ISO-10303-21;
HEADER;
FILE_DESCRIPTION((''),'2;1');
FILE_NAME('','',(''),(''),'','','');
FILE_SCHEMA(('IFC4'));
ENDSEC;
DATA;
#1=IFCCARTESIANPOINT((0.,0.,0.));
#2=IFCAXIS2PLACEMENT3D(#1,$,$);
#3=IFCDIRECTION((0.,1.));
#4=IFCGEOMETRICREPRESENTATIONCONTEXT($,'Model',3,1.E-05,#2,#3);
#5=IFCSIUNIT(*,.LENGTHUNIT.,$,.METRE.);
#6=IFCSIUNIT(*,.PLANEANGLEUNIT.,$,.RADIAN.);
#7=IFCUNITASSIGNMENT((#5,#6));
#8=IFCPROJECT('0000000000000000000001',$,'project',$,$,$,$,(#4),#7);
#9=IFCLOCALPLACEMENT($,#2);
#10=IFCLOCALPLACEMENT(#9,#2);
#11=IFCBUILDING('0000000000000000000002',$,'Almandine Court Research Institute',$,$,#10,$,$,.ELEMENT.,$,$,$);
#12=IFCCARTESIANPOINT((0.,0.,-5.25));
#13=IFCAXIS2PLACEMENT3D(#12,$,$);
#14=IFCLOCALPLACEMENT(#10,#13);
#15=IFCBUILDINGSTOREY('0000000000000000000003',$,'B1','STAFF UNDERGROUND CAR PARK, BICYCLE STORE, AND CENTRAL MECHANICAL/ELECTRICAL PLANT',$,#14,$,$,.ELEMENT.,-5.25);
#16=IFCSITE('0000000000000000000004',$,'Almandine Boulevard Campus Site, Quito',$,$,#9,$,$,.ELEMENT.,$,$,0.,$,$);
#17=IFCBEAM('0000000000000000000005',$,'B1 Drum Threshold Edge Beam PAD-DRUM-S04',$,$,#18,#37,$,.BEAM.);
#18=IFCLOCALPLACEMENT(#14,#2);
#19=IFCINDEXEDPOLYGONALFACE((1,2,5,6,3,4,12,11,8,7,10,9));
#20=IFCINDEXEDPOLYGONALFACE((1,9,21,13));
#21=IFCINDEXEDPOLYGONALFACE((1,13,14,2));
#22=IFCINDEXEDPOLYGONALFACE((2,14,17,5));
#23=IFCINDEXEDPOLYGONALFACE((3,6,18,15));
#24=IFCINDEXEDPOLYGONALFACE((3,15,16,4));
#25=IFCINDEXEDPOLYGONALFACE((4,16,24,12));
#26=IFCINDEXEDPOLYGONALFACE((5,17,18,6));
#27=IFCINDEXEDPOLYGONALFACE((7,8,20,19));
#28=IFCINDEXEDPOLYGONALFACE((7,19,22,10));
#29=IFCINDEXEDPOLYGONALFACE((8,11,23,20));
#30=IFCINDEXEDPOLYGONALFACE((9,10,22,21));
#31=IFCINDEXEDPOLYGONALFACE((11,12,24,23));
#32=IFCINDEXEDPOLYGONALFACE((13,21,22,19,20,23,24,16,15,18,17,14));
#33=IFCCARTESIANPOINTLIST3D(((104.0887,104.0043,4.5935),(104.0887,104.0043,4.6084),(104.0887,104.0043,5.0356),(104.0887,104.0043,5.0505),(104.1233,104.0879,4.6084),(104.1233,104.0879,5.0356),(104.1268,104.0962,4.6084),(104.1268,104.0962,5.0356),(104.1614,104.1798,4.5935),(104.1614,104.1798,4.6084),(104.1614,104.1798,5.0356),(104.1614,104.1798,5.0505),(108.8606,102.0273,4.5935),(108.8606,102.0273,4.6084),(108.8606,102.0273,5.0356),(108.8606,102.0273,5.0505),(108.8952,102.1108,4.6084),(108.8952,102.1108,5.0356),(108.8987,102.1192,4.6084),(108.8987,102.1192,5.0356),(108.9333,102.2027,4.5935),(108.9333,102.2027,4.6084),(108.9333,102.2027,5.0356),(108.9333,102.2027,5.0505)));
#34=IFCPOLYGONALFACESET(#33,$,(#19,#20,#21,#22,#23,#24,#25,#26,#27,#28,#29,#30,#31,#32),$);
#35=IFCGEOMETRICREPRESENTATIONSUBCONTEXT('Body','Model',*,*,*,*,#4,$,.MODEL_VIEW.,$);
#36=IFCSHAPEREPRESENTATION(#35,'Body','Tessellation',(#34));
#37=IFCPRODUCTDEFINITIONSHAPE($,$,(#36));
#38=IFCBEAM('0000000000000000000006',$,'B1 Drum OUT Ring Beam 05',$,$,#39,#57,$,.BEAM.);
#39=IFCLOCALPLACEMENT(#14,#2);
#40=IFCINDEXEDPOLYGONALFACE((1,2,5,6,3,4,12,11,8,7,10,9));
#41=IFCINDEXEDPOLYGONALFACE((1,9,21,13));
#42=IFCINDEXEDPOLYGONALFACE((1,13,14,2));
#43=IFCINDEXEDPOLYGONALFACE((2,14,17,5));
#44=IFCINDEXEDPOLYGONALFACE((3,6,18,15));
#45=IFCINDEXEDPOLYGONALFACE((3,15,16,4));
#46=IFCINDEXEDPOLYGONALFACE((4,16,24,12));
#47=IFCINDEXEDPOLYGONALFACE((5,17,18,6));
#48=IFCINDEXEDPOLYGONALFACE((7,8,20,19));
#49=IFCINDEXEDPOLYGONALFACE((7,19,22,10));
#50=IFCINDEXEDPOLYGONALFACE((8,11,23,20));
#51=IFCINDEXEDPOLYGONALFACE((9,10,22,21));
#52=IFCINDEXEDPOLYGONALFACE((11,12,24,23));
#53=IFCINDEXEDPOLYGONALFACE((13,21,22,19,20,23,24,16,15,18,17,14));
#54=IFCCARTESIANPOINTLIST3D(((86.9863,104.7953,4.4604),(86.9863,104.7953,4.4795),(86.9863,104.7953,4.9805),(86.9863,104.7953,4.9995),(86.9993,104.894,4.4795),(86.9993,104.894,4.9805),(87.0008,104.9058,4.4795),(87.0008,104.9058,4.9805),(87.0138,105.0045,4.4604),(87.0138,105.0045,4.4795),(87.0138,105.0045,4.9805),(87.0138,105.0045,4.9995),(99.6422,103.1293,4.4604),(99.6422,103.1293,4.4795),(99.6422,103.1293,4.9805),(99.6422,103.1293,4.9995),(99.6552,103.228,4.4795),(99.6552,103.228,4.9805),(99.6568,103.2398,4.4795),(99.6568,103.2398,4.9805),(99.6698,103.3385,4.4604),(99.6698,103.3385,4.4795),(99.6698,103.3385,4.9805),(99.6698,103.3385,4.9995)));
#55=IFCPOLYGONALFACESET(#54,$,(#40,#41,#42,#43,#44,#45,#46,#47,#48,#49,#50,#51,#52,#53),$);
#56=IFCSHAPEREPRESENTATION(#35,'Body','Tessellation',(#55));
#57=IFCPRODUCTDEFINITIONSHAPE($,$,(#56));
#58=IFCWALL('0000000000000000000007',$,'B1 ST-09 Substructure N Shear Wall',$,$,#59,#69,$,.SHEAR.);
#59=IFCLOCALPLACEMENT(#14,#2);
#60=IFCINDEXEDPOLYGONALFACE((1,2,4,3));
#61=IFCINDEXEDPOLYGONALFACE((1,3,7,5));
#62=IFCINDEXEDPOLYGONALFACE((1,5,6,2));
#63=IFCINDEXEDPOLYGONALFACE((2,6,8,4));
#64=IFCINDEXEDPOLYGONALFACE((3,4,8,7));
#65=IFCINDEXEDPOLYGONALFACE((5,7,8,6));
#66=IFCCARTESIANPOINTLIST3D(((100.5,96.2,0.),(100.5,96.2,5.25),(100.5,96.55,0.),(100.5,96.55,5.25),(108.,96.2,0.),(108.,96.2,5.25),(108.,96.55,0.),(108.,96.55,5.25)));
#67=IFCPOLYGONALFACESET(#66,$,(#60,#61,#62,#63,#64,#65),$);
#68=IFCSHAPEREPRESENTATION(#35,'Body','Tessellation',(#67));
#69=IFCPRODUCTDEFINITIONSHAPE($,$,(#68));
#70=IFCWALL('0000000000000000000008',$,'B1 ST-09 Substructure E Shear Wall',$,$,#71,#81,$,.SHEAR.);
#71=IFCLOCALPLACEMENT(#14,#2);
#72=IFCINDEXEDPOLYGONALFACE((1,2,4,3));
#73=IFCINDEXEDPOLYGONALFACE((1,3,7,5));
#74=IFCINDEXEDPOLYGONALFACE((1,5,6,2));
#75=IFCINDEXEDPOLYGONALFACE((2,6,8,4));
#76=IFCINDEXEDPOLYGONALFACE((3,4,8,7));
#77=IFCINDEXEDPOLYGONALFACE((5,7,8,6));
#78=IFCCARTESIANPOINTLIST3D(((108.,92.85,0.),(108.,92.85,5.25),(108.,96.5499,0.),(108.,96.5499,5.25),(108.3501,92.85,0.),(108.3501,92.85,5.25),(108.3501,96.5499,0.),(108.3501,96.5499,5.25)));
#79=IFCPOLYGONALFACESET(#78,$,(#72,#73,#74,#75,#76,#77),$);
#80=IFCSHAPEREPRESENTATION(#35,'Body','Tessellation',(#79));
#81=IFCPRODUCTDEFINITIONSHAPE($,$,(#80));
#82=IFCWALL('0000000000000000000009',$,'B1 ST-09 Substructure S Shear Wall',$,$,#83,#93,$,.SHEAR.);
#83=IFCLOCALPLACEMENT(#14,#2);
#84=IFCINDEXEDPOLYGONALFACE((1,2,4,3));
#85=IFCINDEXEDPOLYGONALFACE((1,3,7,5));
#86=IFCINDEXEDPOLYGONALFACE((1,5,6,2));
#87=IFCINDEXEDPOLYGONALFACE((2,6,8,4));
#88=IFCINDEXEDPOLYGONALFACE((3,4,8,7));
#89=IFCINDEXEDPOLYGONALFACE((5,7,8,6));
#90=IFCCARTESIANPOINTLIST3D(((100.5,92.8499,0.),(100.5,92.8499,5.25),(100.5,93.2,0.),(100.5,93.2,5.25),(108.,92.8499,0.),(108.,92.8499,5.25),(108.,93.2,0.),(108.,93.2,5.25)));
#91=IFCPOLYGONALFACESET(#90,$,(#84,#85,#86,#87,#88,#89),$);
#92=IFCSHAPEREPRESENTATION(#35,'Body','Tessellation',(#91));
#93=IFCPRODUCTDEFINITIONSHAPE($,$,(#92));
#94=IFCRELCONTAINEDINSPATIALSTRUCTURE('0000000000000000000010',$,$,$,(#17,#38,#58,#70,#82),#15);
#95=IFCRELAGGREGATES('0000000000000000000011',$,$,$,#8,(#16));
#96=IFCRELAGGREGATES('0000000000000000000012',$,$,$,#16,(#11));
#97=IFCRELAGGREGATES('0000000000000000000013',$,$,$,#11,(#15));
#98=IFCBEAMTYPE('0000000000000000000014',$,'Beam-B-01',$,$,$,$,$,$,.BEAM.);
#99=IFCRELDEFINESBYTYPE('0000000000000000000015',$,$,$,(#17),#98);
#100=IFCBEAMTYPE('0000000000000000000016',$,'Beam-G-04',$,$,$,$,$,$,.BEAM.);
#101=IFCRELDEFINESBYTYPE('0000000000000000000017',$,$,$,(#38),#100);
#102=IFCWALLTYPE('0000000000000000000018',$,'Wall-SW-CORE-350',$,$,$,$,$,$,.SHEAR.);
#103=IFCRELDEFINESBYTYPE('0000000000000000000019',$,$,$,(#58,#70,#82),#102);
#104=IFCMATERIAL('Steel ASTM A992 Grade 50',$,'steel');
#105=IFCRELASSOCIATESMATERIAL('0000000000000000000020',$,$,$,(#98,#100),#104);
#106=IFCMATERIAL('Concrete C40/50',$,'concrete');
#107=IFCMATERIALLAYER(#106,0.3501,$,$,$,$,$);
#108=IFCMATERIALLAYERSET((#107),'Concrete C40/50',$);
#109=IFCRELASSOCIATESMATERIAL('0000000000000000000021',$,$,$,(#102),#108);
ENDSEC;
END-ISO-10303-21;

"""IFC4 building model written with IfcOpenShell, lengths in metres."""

from ifc_helpers import new_model, si_unit, direction, frame, frame_2d, origin, origin_2d, place, context, subcontext, project, spatial, rectangle, i_section, extrude, material, layer, layer_set, material_profile, profile_set, type_object, element, save


model = new_model("IFC4")

# Units and contexts
model_context = context("Model", 3, precision=1e-05, world=origin(), true_north=direction((0.0, 1.0)))
body_context = subcontext(model_context, "Body", "Model", "MODEL_VIEW")
ifc_project = project(units=[si_unit("LENGTHUNIT", "METRE"), si_unit("PLANEANGLEUNIT", "RADIAN")], contexts=[model_context])

# Site, building, storey
site_placement = place(None, origin())
site = spatial("IfcSite", under=ifc_project, at=site_placement, Name="Almandine Boulevard Campus Site, Quito", CompositionType="ELEMENT", RefElevation=0.0)
building_placement = place(site_placement, origin())
building = spatial("IfcBuilding", under=site, at=building_placement, Name="Almandine Court Research Institute", CompositionType="ELEMENT")
storey_placement = place(building_placement, frame((0.0, 0.0, -5.25)))
storey = spatial("IfcBuildingStorey", under=building, at=storey_placement, Name="B1", Description="STAFF UNDERGROUND CAR PARK, BICYCLE STORE, AND CENTRAL MECHANICAL/ELECTRICAL PLANT", CompositionType="ELEMENT", Elevation=-5.25)

# Shared definitions
ifc_material_1 = material(Name="Concrete C40/50", Category="concrete")
ifc_material_2 = material(Name="Steel ASTM A992 Grade 50", Category="steel")

# Beams
ifc_material_profile_1 = material_profile(ifc_material_2, i_section(OverallWidth=0.1899, OverallDepth=0.457, WebThickness=0.009, FlangeThickness=0.0149, at=origin_2d()), Name="W460x74")
ifc_profile_set_1 = profile_set([ifc_material_profile_1], Name="Steel ASTM A992 Grade 50")
beam_type_1 = type_object("IfcBeamType", Name="Beam-B-01", PredefinedType="BEAM", material=ifc_profile_set_1)
beam_1_placement = place(storey_placement, frame((108.897, 102.115, 4.822), z_axis=(-0.92385, 0.382755, 0.0), x_axis=(-0.382755, -0.92385, 0.0)))
element("IfcBeam", 1, at=beam_1_placement, inside=storey, type_object=beam_type_1, Name="B1 Drum Threshold Edge Beam PAD-DRUM-S04", PredefinedType="BEAM", context=body_context, shape_type="SweptSolid", body=[
    extrude(i_section(OverallWidth=0.1899, OverallDepth=0.457, WebThickness=0.009, FlangeThickness=0.0149, at=origin_2d()), origin(), (0.0, 0.0, 1.0), 5.1653),
])
ifc_material_profile_2 = material_profile(ifc_material_2, i_section(OverallWidth=0.2109, OverallDepth=0.5391, WebThickness=0.012, FlangeThickness=0.019, at=origin_2d()), Name="W530x109")
ifc_profile_set_2 = profile_set([ifc_material_profile_2], Name="Steel ASTM A992 Grade 50")
beam_type_2 = type_object("IfcBeamType", Name="Beam-G-04", PredefinedType="BEAM", material=ifc_profile_set_2)
beam_2_placement = place(storey_placement, frame((99.656, 103.2339, 4.73), z_axis=(-0.991447, 0.130512, 0.0), x_axis=(-0.130512, -0.991447, 0.0)))
element("IfcBeam", 2, at=beam_2_placement, inside=storey, type_object=beam_type_2, Name="B1 Drum OUT Ring Beam 05", PredefinedType="BEAM", context=body_context, shape_type="SweptSolid", body=[
    extrude(i_section(OverallWidth=0.2109, OverallDepth=0.5391, WebThickness=0.012, FlangeThickness=0.019, at=origin_2d()), origin(), (0.0, 0.0, 1.0), 12.7651),
])

# Walls
ifc_layer = layer(ifc_material_1, 0.3501)
ifc_layer_set = layer_set([ifc_layer], Name="Concrete C40/50")
wall_type = type_object("IfcWallType", Name="Wall-SW-CORE-350", PredefinedType="SHEAR", material=ifc_layer_set)
wall_1_placement = place(storey_placement, frame((100.5, 96.375, 0.0), z_axis=(0.0, 0.0, 1.0), x_axis=(1.0, 0.0, 0.0)))
element("IfcWall", 3, at=wall_1_placement, inside=storey, type_object=wall_type, Name="B1 ST-09 Substructure N Shear Wall", PredefinedType="SHEAR", context=body_context, shape_type="SweptSolid", body=[
    extrude(rectangle(XDim=7.5, YDim=0.3501, at=frame_2d((3.75, 0.0))), origin(), (0.0, 0.0, 1.0), 5.25),
])
wall_2_placement = place(storey_placement, frame((108.175, 96.55, 0.0), z_axis=(0.0, 0.0, 1.0), x_axis=(0.0, -1.0, 0.0)))
element("IfcWall", 4, at=wall_2_placement, inside=storey, type_object=wall_type, Name="B1 ST-09 Substructure E Shear Wall", PredefinedType="SHEAR", context=body_context, shape_type="SweptSolid", body=[
    extrude(rectangle(XDim=3.7, YDim=0.3501, at=frame_2d((1.8501, 0.0))), origin(), (0.0, 0.0, 1.0), 5.25),
])
wall_3_placement = place(storey_placement, frame((108.0, 93.0249, 0.0), z_axis=(0.0, 0.0, 1.0), x_axis=(-1.0, 0.0, 0.0)))
element("IfcWall", 5, at=wall_3_placement, inside=storey, type_object=wall_type, Name="B1 ST-09 Substructure S Shear Wall", PredefinedType="SHEAR", context=body_context, shape_type="SweptSolid", body=[
    extrude(rectangle(XDim=7.5, YDim=0.3501, at=frame_2d((3.75, 0.0))), origin(), (0.0, 0.0, 1.0), 5.25),
])

save(model, "model.ifc")
